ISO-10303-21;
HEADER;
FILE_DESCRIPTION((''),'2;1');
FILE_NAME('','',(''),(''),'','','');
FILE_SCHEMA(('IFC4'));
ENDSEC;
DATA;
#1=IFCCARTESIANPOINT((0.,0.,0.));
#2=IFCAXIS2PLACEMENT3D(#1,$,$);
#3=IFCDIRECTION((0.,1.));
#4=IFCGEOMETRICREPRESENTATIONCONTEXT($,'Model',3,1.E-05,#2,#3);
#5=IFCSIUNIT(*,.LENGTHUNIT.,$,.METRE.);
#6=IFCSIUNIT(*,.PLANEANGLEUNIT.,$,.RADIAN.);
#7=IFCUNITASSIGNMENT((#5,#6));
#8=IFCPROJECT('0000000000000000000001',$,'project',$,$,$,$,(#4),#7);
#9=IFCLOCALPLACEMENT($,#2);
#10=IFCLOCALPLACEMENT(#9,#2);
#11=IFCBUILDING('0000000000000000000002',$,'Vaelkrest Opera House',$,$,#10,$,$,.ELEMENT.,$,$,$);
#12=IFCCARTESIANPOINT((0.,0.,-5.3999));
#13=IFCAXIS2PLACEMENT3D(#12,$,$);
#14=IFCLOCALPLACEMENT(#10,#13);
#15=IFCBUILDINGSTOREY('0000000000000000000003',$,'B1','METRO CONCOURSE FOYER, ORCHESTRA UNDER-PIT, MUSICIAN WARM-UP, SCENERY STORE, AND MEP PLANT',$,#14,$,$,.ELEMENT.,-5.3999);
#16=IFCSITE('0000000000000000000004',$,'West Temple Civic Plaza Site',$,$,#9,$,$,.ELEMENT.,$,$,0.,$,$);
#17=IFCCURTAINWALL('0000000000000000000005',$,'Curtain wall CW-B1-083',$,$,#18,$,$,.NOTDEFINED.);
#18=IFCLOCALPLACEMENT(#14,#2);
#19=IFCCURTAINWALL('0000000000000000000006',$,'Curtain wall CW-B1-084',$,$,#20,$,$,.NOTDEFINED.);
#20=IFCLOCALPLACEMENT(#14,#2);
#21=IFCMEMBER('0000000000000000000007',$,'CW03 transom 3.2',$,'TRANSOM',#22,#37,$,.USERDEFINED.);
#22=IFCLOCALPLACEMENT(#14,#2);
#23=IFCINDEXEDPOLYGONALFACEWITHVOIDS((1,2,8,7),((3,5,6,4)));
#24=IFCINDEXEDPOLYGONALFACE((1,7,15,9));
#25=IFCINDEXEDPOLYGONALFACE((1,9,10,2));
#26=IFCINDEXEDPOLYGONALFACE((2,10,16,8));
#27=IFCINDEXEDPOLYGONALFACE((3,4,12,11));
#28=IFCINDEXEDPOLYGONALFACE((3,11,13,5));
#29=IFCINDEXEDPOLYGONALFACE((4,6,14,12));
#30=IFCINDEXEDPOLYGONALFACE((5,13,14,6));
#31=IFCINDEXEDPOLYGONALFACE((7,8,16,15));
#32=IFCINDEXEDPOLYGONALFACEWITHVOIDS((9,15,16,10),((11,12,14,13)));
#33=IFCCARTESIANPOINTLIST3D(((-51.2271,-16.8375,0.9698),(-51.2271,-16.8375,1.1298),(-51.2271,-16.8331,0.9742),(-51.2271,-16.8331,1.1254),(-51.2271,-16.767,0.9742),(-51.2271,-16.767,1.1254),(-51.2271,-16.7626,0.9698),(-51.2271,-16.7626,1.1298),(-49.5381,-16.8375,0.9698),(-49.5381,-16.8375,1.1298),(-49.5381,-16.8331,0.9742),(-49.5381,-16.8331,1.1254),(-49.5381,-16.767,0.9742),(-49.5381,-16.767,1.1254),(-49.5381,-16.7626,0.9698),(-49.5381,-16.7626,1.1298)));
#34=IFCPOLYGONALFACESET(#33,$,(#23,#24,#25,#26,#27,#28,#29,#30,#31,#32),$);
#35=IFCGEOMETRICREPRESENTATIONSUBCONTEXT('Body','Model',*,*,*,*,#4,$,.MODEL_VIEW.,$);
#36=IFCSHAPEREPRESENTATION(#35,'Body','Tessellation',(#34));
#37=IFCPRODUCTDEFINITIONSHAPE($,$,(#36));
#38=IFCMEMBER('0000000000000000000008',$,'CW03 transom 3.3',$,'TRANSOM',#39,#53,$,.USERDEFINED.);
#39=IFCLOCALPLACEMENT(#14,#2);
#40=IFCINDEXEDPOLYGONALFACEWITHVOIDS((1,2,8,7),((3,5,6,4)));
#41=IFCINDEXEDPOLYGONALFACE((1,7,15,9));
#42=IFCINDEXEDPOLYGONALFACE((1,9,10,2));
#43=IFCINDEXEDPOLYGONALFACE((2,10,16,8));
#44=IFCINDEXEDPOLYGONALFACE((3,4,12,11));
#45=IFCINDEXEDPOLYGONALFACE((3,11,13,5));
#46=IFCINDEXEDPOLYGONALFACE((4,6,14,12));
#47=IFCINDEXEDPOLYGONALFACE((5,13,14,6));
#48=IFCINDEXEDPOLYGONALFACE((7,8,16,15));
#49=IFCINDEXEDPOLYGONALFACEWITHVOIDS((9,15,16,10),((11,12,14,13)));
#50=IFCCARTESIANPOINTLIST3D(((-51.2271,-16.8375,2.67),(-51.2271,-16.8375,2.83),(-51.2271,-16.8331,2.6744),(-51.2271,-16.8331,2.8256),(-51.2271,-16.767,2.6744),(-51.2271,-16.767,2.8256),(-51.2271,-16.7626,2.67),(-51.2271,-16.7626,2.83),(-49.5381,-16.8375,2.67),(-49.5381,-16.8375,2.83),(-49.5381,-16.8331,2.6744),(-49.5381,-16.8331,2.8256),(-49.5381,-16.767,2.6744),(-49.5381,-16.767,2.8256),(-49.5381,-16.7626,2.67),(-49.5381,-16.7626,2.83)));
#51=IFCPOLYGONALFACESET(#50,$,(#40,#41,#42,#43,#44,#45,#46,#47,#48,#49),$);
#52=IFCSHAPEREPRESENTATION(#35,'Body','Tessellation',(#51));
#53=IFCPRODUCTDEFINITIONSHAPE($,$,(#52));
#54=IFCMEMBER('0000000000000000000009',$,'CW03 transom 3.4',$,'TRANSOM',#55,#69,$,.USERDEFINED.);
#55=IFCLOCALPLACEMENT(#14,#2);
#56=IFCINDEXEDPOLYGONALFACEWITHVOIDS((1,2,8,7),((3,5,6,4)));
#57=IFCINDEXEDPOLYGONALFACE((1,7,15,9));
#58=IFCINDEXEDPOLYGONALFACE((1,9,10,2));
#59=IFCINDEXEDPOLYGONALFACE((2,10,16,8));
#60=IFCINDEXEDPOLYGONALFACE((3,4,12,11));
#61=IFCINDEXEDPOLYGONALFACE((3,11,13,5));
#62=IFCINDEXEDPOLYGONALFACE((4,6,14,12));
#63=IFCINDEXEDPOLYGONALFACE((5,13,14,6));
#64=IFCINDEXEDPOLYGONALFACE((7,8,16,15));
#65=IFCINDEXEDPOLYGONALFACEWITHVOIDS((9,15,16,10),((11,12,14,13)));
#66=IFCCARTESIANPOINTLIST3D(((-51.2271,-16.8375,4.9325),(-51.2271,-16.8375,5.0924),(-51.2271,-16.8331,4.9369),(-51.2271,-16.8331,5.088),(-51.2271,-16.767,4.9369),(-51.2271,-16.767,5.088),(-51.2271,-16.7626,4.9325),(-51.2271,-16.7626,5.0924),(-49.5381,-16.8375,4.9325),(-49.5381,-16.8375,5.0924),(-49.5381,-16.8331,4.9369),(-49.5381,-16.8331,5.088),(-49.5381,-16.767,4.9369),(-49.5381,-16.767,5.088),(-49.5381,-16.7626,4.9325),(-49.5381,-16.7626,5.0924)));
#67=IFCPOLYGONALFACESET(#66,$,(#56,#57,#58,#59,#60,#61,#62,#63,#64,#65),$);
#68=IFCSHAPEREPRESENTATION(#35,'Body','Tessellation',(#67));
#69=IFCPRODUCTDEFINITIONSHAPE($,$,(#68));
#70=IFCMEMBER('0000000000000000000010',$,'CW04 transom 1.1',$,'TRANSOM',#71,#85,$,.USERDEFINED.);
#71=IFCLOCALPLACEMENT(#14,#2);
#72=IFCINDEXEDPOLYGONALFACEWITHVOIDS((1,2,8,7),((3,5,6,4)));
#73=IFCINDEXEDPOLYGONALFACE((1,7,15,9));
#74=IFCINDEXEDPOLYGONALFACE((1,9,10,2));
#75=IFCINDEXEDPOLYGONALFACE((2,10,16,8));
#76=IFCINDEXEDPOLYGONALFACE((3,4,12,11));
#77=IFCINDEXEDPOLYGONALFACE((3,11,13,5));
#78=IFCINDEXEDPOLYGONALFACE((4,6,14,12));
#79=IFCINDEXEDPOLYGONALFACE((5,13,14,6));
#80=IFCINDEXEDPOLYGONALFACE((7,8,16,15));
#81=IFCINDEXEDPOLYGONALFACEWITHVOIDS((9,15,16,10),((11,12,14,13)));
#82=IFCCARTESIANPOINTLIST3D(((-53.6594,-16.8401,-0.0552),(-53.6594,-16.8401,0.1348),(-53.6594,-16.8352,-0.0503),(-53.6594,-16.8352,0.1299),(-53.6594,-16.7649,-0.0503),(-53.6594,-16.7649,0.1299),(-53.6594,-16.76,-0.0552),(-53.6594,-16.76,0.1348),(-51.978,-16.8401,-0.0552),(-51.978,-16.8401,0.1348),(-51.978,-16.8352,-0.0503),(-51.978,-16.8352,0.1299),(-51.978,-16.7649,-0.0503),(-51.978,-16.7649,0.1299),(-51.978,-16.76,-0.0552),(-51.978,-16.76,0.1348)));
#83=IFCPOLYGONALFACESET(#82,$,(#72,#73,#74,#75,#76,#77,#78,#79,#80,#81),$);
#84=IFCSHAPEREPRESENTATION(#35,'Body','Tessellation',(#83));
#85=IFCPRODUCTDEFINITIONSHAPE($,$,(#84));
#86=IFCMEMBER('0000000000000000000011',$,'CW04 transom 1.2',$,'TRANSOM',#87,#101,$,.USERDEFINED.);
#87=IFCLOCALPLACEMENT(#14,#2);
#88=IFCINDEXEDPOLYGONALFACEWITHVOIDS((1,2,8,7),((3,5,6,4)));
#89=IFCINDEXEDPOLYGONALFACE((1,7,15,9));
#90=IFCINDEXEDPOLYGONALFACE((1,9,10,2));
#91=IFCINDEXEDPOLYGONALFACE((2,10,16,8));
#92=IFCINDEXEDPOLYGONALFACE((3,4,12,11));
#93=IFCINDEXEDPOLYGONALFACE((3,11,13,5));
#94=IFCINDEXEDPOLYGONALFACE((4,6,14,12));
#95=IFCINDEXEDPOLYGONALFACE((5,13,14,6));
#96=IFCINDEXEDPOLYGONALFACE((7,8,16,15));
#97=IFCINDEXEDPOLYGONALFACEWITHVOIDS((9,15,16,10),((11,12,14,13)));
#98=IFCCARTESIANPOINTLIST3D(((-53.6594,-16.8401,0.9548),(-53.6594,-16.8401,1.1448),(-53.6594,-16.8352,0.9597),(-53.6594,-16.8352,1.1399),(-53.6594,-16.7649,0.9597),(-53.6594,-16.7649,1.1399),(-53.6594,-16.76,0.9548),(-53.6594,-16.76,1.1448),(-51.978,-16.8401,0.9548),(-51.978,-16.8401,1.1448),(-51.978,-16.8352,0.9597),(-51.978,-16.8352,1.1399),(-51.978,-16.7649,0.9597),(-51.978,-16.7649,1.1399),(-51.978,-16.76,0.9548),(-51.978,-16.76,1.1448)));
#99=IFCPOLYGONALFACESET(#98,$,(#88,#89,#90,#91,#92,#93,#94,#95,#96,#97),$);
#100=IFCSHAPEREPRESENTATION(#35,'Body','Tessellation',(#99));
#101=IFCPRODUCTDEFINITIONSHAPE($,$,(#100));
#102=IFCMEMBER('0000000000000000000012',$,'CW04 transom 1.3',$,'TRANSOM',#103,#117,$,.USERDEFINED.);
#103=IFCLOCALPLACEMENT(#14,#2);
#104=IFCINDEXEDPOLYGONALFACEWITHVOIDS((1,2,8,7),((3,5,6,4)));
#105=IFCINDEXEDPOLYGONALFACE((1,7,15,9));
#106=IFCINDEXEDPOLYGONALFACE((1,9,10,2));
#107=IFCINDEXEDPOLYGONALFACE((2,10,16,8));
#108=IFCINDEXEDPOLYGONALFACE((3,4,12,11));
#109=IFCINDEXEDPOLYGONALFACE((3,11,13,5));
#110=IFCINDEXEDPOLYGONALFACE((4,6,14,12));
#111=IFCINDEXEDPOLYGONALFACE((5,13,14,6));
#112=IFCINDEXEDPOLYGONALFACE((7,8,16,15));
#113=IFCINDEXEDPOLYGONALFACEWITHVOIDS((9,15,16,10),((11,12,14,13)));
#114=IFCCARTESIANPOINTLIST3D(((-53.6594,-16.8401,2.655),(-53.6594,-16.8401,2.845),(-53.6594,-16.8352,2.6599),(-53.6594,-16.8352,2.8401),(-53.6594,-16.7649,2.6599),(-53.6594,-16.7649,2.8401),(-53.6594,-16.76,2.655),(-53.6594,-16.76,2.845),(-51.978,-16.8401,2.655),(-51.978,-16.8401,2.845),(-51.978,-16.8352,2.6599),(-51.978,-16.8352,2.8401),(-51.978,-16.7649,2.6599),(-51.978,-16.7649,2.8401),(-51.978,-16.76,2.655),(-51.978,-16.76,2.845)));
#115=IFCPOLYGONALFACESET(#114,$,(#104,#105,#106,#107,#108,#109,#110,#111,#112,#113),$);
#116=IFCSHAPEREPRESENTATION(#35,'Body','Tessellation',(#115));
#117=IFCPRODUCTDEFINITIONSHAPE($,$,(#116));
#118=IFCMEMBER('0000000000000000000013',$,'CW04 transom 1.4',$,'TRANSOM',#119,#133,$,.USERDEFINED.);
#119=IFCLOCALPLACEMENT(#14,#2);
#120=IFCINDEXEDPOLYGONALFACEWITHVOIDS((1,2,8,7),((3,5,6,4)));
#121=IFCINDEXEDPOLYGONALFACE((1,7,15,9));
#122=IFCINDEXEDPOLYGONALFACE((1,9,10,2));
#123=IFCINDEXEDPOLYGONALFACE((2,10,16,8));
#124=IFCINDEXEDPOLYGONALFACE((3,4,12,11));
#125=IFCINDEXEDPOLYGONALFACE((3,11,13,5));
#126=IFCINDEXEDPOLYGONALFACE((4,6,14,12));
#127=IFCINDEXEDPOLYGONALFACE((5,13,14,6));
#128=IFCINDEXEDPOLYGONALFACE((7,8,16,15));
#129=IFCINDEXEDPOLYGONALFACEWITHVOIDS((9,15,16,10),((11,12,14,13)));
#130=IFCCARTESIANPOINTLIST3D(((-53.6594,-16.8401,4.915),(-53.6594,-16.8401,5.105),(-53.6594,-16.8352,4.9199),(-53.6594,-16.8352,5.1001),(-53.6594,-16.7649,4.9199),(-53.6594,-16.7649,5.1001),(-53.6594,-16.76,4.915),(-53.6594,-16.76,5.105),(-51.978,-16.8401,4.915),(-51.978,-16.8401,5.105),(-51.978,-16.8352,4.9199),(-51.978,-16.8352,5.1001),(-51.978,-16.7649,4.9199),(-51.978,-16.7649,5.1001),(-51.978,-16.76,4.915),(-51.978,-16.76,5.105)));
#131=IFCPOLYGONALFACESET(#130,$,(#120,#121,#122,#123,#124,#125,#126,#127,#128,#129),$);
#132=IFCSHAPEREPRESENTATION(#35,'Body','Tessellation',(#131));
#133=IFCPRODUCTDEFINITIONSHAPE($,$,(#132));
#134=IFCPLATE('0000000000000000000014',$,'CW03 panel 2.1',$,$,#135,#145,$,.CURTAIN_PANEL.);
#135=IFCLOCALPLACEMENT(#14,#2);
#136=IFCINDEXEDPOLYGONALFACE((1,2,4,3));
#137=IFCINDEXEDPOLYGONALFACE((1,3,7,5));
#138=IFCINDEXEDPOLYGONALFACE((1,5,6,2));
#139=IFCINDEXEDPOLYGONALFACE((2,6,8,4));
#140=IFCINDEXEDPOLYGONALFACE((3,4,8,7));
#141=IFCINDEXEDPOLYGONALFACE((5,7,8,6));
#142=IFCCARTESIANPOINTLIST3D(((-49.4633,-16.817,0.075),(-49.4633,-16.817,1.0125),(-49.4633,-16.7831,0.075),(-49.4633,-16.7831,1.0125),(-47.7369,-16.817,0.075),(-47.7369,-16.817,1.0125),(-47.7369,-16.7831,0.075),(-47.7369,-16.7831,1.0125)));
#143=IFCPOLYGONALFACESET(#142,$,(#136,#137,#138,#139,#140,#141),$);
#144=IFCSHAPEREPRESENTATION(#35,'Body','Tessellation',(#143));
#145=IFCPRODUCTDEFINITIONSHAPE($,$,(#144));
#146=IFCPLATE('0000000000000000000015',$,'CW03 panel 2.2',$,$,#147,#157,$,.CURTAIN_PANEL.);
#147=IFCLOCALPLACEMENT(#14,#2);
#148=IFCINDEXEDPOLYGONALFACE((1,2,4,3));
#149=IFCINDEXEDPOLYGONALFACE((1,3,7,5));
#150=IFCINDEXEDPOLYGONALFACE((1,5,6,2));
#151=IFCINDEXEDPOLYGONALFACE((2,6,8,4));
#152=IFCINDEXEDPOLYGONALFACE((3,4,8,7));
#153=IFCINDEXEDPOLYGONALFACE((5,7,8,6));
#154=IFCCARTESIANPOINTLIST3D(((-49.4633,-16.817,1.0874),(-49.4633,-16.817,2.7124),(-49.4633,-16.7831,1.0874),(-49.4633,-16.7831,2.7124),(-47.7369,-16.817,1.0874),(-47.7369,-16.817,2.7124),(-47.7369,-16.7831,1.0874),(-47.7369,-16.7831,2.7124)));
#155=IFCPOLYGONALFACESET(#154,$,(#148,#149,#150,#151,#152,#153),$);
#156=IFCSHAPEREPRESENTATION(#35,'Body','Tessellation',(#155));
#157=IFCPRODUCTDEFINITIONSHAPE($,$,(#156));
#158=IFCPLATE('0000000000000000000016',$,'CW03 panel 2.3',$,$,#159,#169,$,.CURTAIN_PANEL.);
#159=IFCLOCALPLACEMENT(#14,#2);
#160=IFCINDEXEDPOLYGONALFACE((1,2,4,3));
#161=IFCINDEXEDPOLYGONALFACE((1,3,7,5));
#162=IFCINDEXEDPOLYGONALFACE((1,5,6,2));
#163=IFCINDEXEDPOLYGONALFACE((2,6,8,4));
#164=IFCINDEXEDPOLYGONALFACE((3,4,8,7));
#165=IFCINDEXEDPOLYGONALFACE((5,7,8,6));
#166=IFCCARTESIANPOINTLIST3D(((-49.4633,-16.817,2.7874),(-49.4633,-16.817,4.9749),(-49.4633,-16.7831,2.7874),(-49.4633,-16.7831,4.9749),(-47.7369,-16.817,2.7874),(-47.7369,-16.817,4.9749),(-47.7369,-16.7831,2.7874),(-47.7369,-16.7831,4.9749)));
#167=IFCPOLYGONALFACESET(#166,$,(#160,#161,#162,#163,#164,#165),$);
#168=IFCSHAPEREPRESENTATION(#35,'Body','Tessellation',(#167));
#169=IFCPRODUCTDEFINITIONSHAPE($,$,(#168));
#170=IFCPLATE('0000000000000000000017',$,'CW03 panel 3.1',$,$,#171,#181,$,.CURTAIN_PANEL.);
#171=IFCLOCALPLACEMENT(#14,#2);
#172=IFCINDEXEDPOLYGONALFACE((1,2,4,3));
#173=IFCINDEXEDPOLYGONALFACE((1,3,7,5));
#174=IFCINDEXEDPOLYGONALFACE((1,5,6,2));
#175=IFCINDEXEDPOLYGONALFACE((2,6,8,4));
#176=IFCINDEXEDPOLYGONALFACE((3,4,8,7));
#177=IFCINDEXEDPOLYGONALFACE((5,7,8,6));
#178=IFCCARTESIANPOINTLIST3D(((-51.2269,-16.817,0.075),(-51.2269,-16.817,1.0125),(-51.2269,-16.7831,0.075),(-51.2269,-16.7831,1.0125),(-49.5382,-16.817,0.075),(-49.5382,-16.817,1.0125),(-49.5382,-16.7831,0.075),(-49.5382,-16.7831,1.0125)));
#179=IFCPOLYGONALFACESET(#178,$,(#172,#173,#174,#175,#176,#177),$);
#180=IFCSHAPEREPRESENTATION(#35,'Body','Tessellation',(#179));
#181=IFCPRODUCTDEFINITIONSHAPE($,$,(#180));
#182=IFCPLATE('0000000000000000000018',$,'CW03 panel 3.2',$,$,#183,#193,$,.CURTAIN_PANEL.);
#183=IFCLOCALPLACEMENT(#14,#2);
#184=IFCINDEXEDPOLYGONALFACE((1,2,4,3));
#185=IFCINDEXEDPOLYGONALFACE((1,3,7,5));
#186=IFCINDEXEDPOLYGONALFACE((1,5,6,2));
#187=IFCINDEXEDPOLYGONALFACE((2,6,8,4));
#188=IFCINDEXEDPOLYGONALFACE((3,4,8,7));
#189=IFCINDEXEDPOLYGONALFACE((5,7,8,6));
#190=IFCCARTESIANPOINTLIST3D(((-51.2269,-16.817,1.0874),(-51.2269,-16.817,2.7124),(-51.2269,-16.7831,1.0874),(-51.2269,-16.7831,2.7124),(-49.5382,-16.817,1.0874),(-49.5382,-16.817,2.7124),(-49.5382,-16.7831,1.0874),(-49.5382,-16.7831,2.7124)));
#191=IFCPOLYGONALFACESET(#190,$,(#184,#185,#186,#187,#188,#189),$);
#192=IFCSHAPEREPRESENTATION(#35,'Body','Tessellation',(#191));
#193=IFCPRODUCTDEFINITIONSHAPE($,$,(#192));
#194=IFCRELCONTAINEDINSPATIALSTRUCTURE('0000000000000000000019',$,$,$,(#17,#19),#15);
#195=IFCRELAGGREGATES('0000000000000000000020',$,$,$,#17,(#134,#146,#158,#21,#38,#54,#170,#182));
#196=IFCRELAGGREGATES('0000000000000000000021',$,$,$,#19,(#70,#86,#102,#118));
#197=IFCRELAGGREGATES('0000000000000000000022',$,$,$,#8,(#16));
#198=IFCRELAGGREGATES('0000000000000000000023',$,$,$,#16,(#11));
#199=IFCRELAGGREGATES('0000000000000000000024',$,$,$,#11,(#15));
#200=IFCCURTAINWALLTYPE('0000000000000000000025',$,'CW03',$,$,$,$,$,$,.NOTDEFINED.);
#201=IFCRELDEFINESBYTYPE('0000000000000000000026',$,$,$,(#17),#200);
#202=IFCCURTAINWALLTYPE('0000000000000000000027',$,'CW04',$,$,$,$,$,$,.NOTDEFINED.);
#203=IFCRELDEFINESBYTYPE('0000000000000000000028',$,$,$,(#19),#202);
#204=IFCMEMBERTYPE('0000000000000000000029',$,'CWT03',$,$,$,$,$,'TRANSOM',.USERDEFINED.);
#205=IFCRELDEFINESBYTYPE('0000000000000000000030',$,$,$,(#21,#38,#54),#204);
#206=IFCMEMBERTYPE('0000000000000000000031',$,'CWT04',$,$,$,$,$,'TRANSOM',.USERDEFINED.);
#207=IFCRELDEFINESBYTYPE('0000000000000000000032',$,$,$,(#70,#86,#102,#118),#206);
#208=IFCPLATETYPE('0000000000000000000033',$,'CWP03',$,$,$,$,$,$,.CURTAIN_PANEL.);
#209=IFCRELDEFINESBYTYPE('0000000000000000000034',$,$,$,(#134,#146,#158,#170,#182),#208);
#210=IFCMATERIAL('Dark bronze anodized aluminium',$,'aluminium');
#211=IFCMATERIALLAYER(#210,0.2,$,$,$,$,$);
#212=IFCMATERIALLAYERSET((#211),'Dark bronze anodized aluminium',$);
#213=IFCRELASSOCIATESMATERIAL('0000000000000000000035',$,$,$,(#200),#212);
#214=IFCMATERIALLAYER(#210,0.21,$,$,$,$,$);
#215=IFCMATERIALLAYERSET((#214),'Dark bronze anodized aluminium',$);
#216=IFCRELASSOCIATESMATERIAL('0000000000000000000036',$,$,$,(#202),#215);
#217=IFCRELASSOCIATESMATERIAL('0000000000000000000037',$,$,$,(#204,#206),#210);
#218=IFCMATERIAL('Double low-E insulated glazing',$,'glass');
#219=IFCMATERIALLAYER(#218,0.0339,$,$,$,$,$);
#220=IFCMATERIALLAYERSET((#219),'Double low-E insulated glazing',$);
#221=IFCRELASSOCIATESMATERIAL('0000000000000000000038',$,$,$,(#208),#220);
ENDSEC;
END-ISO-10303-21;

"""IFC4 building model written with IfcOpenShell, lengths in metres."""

from ifc_helpers import new_model, si_unit, direction, frame, origin, origin_2d, place, context, subcontext, project, spatial, rectangle, hollow_rectangle, extrude, material, layer, layer_set, material_profile, profile_set, type_object, element, aggregate, save


model = new_model("IFC4")

# Units and contexts
model_context = context("Model", 3, precision=1e-05, world=origin(), true_north=direction((0.0, 1.0)))
body_context = subcontext(model_context, "Body", "Model", "MODEL_VIEW")
ifc_project = project(units=[si_unit("LENGTHUNIT", "METRE"), si_unit("PLANEANGLEUNIT", "RADIAN")], contexts=[model_context])

# Site, building, storey
site_placement = place(None, origin())
site = spatial("IfcSite", under=ifc_project, at=site_placement, Name="West Temple Civic Plaza Site", CompositionType="ELEMENT", RefElevation=0.0)
building_placement = place(site_placement, origin())
building = spatial("IfcBuilding", under=site, at=building_placement, Name="Vaelkrest Opera House", CompositionType="ELEMENT")
storey_placement = place(building_placement, frame((0.0, 0.0, -5.3999)))
storey = spatial("IfcBuildingStorey", under=building, at=storey_placement, Name="B1", Description="METRO CONCOURSE FOYER, ORCHESTRA UNDER-PIT, MUSICIAN WARM-UP, SCENERY STORE, AND MEP PLANT", CompositionType="ELEMENT", Elevation=-5.3999)

# Curtain wall
ifc_material_1 = material(Name="Dark bronze anodized aluminium", Category="aluminium")
ifc_layer_1 = layer(ifc_material_1, 0.2)
ifc_layer_set_1 = layer_set([ifc_layer_1], Name="Dark bronze anodized aluminium")
curtain_wall_type_1 = type_object("IfcCurtainWallType", Name="CW03", PredefinedType="NOTDEFINED", material=ifc_layer_set_1)
curtain_wall_1_placement = place(storey_placement, origin())
curtain_wall_1 = element("IfcCurtainWall", 1, at=curtain_wall_1_placement, inside=storey, type_object=curtain_wall_type_1, Name="Curtain wall CW-B1-083", PredefinedType="NOTDEFINED")

# Curtain wall
ifc_layer_2 = layer(ifc_material_1, 0.21)
ifc_layer_set_2 = layer_set([ifc_layer_2], Name="Dark bronze anodized aluminium")
curtain_wall_type_2 = type_object("IfcCurtainWallType", Name="CW04", PredefinedType="NOTDEFINED", material=ifc_layer_set_2)
curtain_wall_2_placement = place(storey_placement, origin())
curtain_wall_2 = element("IfcCurtainWall", 2, at=curtain_wall_2_placement, inside=storey, type_object=curtain_wall_type_2, Name="Curtain wall CW-B1-084", PredefinedType="NOTDEFINED")

# Members
ifc_material_profile_1 = material_profile(ifc_material_1, hollow_rectangle(XDim=0.075, YDim=0.1599, WallThickness=0.0044, at=origin_2d()), Name="CWT75X160")
ifc_profile_set_1 = profile_set([ifc_material_profile_1], Name="Dark bronze anodized aluminium")
member_type_1 = type_object("IfcMemberType", Name="CWT03", ElementType="TRANSOM", PredefinedType="USERDEFINED", material=ifc_profile_set_1)
member_1_placement = place(storey_placement, frame((-49.5381, -16.8, 1.0498), z_axis=(-1.0, 0.0, 0.0), x_axis=(0.0, -1.0, 0.0)))
member_1 = element("IfcMember", 3, at=member_1_placement, type_object=member_type_1, Name="CW03 transom 3.2", ObjectType="TRANSOM", PredefinedType="USERDEFINED", context=body_context, shape_type="SweptSolid", body=[
    extrude(hollow_rectangle(XDim=0.075, YDim=0.1599, WallThickness=0.0044, at=origin_2d()), origin(), (0.0, 0.0, 1.0), 1.689),
])
member_2_placement = place(storey_placement, frame((-49.5381, -16.8, 2.75), z_axis=(-1.0, 0.0, 0.0), x_axis=(0.0, -1.0, 0.0)))
member_2 = element("IfcMember", 4, at=member_2_placement, type_object=member_type_1, Name="CW03 transom 3.3", ObjectType="TRANSOM", PredefinedType="USERDEFINED", context=body_context, shape_type="SweptSolid", body=[
    extrude(hollow_rectangle(XDim=0.075, YDim=0.1599, WallThickness=0.0044, at=origin_2d()), origin(), (0.0, 0.0, 1.0), 1.689),
])
member_3_placement = place(storey_placement, frame((-49.5381, -16.8, 5.0125), z_axis=(-1.0, 0.0, 0.0), x_axis=(0.0, -1.0, 0.0)))
member_3 = element("IfcMember", 5, at=member_3_placement, type_object=member_type_1, Name="CW03 transom 3.4", ObjectType="TRANSOM", PredefinedType="USERDEFINED", context=body_context, shape_type="SweptSolid", body=[
    extrude(hollow_rectangle(XDim=0.075, YDim=0.1599, WallThickness=0.0044, at=origin_2d()), origin(), (0.0, 0.0, 1.0), 1.689),
])
ifc_material_profile_2 = material_profile(ifc_material_1, hollow_rectangle(XDim=0.0801, YDim=0.1899, WallThickness=0.0049, at=origin_2d()), Name="CWT80X190")
ifc_profile_set_2 = profile_set([ifc_material_profile_2], Name="Dark bronze anodized aluminium")
member_type_2 = type_object("IfcMemberType", Name="CWT04", ElementType="TRANSOM", PredefinedType="USERDEFINED", material=ifc_profile_set_2)
member_4_placement = place(storey_placement, frame((-51.978, -16.8, 0.0398), z_axis=(-1.0, 0.0, 0.0), x_axis=(0.0, -1.0, 0.0)))
member_4 = element("IfcMember", 6, at=member_4_placement, type_object=member_type_2, Name="CW04 transom 1.1", ObjectType="TRANSOM", PredefinedType="USERDEFINED", context=body_context, shape_type="SweptSolid", body=[
    extrude(hollow_rectangle(XDim=0.0801, YDim=0.1899, WallThickness=0.0049, at=origin_2d()), origin(), (0.0, 0.0, 1.0), 1.6814),
])
member_5_placement = place(storey_placement, frame((-51.978, -16.8, 1.0498), z_axis=(-1.0, 0.0, 0.0), x_axis=(0.0, -1.0, 0.0)))
member_5 = element("IfcMember", 7, at=member_5_placement, type_object=member_type_2, Name="CW04 transom 1.2", ObjectType="TRANSOM", PredefinedType="USERDEFINED", context=body_context, shape_type="SweptSolid", body=[
    extrude(hollow_rectangle(XDim=0.0801, YDim=0.1899, WallThickness=0.0049, at=origin_2d()), origin(), (0.0, 0.0, 1.0), 1.6814),
])
member_6_placement = place(storey_placement, frame((-51.978, -16.8, 2.75), z_axis=(-1.0, 0.0, 0.0), x_axis=(0.0, -1.0, 0.0)))
member_6 = element("IfcMember", 8, at=member_6_placement, type_object=member_type_2, Name="CW04 transom 1.3", ObjectType="TRANSOM", PredefinedType="USERDEFINED", context=body_context, shape_type="SweptSolid", body=[
    extrude(hollow_rectangle(XDim=0.0801, YDim=0.1899, WallThickness=0.0049, at=origin_2d()), origin(), (0.0, 0.0, 1.0), 1.6814),
])
member_7_placement = place(storey_placement, frame((-51.978, -16.8, 5.01), z_axis=(-1.0, 0.0, 0.0), x_axis=(0.0, -1.0, 0.0)))
member_7 = element("IfcMember", 9, at=member_7_placement, type_object=member_type_2, Name="CW04 transom 1.4", ObjectType="TRANSOM", PredefinedType="USERDEFINED", context=body_context, shape_type="SweptSolid", body=[
    extrude(hollow_rectangle(XDim=0.0801, YDim=0.1899, WallThickness=0.0049, at=origin_2d()), origin(), (0.0, 0.0, 1.0), 1.6814),
])

# Plates
ifc_material_2 = material(Name="Double low-E insulated glazing", Category="glass")
ifc_layer_3 = layer(ifc_material_2, 0.0339)
ifc_layer_set_3 = layer_set([ifc_layer_3], Name="Double low-E insulated glazing")
plate_type_1 = type_object("IfcPlateType", Name="CWP03", PredefinedType="CURTAIN_PANEL", material=ifc_layer_set_3)
plate_1_placement = place(storey_placement, frame((-48.6001, -16.8, 0.075), z_axis=(0.0, 0.0, 1.0), x_axis=(-1.0, 0.0, 0.0)))
plate_1 = element("IfcPlate", 10, at=plate_1_placement, type_object=plate_type_1, Name="CW03 panel 2.1", PredefinedType="CURTAIN_PANEL", context=body_context, shape_type="SweptSolid", body=[
    extrude(rectangle(XDim=1.7263, YDim=0.0339, at=origin_2d()), origin(), (0.0, 0.0, 1.0), 0.9375),
])
plate_2_placement = place(storey_placement, frame((-48.6001, -16.8, 1.0874), z_axis=(0.0, 0.0, 1.0), x_axis=(-1.0, 0.0, 0.0)))
plate_2 = element("IfcPlate", 11, at=plate_2_placement, type_object=plate_type_1, Name="CW03 panel 2.2", PredefinedType="CURTAIN_PANEL", context=body_context, shape_type="SweptSolid", body=[
    extrude(rectangle(XDim=1.7263, YDim=0.0339, at=origin_2d()), origin(), (0.0, 0.0, 1.0), 1.625),
])
plate_3_placement = place(storey_placement, frame((-48.6001, -16.8, 2.7874), z_axis=(0.0, 0.0, 1.0), x_axis=(-1.0, 0.0, 0.0)))
plate_3 = element("IfcPlate", 12, at=plate_3_placement, type_object=plate_type_1, Name="CW03 panel 2.3", PredefinedType="CURTAIN_PANEL", context=body_context, shape_type="SweptSolid", body=[
    extrude(rectangle(XDim=1.7263, YDim=0.0339, at=origin_2d()), origin(), (0.0, 0.0, 1.0), 2.1875),
])
plate_4_placement = place(storey_placement, frame((-50.3826, -16.8, 0.075), z_axis=(0.0, 0.0, 1.0), x_axis=(-1.0, 0.0, 0.0)))
plate_4 = element("IfcPlate", 13, at=plate_4_placement, type_object=plate_type_1, Name="CW03 panel 3.1", PredefinedType="CURTAIN_PANEL", context=body_context, shape_type="SweptSolid", body=[
    extrude(rectangle(XDim=1.6887, YDim=0.0339, at=origin_2d()), origin(), (0.0, 0.0, 1.0), 0.9375),
])
plate_5_placement = place(storey_placement, frame((-50.3826, -16.8, 1.0874), z_axis=(0.0, 0.0, 1.0), x_axis=(-1.0, 0.0, 0.0)))
plate_5 = element("IfcPlate", 14, at=plate_5_placement, type_object=plate_type_1, Name="CW03 panel 3.2", PredefinedType="CURTAIN_PANEL", context=body_context, shape_type="SweptSolid", body=[
    extrude(rectangle(XDim=1.6887, YDim=0.0339, at=origin_2d()), origin(), (0.0, 0.0, 1.0), 1.625),
])
aggregate(curtain_wall_1, [plate_1, plate_2, plate_3, member_1, member_2, member_3, plate_4, plate_5])
aggregate(curtain_wall_2, [member_4, member_5, member_6, member_7])

save(model, "model.ifc")
